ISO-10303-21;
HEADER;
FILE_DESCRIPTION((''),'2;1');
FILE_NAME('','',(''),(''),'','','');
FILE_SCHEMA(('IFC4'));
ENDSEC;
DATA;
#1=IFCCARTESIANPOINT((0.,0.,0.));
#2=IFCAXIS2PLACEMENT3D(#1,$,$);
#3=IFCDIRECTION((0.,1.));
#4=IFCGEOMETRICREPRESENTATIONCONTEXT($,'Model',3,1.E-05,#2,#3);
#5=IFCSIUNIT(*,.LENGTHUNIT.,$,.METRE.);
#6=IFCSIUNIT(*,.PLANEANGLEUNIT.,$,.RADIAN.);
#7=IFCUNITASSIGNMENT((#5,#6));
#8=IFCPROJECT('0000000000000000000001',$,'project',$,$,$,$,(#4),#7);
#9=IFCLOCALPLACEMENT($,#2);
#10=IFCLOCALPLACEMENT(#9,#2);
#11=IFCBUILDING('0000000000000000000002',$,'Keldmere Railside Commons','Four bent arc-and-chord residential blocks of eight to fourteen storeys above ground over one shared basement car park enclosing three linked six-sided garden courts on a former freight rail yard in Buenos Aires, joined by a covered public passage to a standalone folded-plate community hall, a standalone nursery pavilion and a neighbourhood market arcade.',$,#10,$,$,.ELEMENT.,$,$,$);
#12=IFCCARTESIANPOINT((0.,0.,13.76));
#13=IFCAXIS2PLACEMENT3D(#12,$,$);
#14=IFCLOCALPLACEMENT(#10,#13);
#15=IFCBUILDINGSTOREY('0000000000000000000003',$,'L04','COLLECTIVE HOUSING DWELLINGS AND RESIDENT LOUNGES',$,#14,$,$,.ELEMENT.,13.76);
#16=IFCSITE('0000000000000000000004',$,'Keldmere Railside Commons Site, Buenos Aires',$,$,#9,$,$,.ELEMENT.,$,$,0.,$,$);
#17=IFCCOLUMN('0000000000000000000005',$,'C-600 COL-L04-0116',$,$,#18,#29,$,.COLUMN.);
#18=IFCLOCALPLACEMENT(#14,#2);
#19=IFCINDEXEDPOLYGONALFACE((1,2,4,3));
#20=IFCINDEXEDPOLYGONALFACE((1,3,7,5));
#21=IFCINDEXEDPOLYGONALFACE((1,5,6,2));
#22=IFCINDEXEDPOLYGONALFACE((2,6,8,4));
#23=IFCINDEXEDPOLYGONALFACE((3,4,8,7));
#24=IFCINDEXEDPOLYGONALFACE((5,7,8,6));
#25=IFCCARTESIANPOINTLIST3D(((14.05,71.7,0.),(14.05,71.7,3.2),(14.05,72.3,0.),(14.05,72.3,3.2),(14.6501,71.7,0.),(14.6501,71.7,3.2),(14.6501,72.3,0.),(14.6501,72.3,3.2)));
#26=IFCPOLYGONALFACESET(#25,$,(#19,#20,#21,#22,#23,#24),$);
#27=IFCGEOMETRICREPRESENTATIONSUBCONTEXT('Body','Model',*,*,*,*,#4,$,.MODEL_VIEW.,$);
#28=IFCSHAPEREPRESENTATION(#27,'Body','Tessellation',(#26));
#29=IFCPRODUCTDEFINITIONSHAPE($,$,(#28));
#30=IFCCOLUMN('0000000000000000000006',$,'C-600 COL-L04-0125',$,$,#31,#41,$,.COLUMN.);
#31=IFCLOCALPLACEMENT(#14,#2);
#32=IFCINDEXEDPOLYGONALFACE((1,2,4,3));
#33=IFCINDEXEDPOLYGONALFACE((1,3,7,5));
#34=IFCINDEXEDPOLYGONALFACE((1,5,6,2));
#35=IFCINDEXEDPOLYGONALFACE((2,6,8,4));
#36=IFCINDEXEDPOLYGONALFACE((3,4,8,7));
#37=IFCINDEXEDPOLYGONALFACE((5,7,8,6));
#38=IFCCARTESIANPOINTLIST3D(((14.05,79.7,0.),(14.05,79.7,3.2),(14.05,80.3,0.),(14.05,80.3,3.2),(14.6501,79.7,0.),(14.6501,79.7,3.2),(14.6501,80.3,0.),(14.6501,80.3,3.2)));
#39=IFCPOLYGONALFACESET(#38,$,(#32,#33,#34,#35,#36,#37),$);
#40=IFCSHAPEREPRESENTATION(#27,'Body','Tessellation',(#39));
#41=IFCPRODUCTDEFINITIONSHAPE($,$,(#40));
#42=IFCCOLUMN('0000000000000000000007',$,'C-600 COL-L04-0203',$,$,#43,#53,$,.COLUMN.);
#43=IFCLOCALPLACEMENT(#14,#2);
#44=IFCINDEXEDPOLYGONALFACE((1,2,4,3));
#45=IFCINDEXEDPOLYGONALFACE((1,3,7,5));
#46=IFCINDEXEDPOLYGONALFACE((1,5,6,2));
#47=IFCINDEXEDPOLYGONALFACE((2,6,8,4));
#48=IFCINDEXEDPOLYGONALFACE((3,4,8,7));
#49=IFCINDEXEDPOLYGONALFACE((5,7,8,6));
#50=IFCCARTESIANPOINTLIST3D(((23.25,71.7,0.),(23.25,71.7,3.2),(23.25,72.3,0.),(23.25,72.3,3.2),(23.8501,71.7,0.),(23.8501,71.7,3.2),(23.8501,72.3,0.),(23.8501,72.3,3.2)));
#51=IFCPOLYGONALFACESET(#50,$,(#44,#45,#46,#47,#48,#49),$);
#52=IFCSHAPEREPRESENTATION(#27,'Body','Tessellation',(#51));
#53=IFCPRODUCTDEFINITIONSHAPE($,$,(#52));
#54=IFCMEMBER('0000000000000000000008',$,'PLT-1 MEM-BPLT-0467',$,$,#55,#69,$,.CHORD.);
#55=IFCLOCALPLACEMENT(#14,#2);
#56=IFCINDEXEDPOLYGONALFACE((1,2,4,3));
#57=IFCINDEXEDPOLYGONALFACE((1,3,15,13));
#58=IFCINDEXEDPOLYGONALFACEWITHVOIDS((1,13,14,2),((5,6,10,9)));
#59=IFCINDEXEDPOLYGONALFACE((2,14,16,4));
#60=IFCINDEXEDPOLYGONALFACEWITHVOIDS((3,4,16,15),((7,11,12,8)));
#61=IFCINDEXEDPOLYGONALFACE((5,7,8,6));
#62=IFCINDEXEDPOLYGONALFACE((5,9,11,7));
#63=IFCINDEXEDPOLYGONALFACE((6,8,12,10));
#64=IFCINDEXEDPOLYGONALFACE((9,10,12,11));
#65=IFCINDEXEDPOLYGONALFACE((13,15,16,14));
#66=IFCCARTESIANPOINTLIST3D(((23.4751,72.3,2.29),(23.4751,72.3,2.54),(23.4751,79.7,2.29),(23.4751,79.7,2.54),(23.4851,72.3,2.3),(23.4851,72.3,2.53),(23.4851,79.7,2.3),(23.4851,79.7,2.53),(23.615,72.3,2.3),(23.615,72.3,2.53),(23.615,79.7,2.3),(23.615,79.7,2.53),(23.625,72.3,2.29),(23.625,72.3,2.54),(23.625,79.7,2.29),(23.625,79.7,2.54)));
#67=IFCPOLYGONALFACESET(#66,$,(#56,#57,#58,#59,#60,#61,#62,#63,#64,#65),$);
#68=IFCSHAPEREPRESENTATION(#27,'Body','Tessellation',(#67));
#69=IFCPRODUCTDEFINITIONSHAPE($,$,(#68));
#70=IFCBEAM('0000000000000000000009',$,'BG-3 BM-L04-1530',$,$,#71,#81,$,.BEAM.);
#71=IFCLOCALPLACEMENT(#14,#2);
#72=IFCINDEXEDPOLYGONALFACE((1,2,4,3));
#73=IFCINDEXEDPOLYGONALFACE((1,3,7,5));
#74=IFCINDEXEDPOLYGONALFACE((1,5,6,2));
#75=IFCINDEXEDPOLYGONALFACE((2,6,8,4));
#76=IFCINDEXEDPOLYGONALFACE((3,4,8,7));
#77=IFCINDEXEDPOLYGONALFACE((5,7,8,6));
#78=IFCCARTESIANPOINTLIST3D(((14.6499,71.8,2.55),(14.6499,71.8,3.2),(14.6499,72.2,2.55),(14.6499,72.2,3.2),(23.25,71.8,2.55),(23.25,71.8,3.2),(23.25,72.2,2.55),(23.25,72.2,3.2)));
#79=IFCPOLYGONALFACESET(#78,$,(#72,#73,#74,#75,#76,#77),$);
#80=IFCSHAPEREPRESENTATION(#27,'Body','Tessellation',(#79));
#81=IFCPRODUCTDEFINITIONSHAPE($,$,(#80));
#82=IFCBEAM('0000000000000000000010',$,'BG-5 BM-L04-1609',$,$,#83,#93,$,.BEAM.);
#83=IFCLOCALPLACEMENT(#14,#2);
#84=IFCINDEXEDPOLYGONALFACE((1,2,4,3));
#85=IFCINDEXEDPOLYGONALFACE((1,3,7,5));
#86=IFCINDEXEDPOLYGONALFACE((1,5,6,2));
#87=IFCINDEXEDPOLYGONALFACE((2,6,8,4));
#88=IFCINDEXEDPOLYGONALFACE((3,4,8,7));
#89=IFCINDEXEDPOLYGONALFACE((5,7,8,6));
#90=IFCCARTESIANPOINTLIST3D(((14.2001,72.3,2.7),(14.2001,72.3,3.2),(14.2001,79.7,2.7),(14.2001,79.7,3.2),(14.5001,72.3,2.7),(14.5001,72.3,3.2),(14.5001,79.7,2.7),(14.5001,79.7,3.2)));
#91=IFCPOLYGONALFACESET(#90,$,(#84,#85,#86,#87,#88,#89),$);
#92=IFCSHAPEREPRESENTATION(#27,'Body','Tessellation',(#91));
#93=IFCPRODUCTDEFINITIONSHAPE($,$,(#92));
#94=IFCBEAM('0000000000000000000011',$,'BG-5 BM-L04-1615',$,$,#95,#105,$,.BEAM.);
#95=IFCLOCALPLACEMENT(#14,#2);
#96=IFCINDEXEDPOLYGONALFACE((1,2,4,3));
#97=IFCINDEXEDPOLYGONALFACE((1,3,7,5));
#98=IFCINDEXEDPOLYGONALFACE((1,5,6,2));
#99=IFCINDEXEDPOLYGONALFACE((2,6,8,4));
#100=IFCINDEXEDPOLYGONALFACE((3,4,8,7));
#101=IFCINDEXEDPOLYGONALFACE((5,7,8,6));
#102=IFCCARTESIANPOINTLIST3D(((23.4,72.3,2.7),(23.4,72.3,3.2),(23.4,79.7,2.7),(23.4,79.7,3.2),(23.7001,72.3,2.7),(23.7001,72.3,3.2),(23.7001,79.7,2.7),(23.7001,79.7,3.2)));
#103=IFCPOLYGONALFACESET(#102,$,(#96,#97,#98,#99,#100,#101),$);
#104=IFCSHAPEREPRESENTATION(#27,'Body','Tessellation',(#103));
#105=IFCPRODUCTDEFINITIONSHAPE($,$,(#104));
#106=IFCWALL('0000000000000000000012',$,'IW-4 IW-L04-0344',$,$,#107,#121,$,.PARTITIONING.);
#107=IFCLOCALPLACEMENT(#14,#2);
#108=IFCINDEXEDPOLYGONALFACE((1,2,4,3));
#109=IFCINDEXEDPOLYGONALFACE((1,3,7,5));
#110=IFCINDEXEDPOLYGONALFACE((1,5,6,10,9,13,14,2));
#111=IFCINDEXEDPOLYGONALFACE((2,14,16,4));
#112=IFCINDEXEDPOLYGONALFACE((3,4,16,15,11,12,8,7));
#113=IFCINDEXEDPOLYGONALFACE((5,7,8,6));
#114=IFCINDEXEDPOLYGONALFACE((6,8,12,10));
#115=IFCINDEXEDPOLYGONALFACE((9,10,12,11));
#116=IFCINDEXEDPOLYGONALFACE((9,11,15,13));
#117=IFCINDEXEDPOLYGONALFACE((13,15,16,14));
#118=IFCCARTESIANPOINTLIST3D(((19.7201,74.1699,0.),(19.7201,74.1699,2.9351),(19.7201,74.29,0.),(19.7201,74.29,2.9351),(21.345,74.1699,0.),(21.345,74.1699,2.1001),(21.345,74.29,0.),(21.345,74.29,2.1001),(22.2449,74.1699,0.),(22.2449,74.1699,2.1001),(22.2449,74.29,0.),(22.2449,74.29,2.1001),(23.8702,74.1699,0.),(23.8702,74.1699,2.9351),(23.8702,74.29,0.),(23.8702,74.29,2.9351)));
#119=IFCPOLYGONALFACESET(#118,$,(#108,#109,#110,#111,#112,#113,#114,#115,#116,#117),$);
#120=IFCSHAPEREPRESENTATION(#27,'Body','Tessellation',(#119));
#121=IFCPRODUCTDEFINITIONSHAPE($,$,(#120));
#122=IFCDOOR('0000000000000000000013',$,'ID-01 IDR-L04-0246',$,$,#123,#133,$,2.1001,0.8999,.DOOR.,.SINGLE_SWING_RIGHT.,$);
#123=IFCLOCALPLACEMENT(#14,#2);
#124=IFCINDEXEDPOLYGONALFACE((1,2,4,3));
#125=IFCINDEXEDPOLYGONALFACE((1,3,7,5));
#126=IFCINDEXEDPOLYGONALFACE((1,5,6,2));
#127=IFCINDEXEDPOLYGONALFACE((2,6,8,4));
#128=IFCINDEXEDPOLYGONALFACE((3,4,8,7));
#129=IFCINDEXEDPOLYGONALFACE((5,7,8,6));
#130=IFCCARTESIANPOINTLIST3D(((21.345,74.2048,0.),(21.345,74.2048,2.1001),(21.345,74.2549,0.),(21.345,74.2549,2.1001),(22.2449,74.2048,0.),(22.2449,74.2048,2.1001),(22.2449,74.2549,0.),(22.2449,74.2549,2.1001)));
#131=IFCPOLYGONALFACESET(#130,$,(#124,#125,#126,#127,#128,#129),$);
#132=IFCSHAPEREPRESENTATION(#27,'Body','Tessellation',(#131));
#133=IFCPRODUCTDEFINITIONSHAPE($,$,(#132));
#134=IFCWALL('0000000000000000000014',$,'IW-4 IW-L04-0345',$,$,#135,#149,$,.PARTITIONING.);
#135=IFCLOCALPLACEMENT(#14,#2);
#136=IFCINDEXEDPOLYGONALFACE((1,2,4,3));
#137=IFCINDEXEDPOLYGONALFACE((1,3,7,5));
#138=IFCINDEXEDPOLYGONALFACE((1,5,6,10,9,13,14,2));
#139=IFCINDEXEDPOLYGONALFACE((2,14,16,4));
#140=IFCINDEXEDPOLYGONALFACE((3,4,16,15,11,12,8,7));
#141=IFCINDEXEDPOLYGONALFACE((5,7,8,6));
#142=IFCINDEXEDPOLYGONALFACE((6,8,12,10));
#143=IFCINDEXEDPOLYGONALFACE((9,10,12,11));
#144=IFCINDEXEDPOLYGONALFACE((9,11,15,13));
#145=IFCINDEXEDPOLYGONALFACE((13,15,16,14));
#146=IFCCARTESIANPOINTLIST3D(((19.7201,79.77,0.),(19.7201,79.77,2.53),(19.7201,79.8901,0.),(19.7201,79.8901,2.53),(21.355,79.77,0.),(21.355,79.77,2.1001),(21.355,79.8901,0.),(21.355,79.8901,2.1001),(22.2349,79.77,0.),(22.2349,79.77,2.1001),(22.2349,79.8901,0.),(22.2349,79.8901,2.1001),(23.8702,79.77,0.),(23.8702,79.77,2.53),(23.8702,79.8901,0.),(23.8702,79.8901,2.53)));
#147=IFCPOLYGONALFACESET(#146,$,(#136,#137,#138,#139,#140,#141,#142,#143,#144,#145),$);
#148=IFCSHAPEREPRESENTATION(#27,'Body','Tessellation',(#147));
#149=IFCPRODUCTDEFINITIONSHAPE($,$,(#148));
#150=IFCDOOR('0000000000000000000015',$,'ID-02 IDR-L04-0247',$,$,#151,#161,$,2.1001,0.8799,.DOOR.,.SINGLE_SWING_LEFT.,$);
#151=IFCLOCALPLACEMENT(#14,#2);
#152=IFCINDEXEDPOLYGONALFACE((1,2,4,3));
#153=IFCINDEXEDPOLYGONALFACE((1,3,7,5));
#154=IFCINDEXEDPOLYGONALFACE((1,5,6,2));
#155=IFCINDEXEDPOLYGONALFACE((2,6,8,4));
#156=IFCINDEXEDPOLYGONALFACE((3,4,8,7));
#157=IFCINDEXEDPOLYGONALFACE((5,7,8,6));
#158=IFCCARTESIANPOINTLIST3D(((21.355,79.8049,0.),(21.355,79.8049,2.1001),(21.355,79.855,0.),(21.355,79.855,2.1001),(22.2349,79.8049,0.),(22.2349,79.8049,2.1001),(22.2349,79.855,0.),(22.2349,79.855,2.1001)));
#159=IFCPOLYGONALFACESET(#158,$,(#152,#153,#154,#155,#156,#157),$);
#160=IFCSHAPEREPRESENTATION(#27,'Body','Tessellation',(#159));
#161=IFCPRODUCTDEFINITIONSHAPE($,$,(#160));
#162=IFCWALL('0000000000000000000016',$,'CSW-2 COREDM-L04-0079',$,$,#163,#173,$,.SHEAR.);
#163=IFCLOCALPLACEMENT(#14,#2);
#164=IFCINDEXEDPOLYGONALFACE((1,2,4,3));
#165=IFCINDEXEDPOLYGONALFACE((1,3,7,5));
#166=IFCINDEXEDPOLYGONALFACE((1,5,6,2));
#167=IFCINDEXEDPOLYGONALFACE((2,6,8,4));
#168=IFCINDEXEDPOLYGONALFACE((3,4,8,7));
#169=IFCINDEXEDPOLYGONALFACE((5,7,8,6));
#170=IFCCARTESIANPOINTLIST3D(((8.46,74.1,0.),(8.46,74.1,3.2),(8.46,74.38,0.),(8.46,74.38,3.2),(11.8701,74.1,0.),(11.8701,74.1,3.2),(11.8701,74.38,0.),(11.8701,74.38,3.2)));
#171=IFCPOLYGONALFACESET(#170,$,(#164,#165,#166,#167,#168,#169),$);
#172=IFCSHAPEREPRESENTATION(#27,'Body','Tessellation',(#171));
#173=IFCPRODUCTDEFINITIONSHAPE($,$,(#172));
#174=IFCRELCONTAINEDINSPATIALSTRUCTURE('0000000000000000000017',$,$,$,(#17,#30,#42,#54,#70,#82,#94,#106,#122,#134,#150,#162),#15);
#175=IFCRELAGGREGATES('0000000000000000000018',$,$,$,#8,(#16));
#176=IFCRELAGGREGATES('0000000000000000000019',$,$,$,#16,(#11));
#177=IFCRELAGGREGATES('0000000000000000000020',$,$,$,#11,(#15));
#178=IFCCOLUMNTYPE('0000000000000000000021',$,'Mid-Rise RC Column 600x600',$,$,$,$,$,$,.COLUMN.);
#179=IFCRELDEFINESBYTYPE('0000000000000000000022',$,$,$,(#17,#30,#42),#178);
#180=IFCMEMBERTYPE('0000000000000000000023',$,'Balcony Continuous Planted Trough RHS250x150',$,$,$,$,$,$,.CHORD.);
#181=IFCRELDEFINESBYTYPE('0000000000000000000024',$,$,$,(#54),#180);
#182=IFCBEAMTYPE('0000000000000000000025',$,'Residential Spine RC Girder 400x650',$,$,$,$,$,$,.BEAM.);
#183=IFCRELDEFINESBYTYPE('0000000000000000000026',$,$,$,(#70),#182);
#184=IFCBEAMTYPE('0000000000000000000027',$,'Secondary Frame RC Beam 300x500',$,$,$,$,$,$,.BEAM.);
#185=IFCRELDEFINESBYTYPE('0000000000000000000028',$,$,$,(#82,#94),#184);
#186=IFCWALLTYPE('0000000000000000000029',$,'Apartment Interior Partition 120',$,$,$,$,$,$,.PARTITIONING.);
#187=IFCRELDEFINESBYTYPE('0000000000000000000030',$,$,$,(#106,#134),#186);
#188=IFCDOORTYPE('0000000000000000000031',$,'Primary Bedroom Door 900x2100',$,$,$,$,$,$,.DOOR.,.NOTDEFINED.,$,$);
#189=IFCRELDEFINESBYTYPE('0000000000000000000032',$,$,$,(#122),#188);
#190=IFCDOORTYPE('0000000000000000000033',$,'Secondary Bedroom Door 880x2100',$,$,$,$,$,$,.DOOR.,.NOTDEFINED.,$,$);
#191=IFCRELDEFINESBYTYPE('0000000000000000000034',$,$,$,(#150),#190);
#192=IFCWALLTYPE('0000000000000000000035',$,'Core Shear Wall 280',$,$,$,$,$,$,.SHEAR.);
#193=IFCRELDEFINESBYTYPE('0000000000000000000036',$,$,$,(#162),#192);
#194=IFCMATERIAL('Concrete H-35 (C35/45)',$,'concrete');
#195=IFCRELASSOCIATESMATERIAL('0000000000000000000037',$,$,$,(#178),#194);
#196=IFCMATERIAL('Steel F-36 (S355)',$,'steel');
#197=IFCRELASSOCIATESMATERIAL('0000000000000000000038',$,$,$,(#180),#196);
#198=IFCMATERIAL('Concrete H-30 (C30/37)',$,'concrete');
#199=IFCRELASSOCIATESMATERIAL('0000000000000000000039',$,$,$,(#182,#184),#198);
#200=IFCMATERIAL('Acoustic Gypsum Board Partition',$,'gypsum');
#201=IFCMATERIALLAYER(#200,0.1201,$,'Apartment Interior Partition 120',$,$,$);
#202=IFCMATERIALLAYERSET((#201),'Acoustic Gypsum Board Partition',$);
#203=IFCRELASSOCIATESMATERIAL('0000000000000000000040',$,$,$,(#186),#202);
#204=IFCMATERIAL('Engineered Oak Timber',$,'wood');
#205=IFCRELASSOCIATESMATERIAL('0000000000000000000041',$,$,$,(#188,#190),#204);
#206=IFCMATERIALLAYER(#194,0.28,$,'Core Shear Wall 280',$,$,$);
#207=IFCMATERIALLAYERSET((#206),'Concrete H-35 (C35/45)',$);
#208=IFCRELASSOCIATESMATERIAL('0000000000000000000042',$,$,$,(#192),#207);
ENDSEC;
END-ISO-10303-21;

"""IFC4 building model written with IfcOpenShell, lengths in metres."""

from ifc_helpers import new_model, si_unit, direction, frame, frame_2d, origin, origin_2d, place, context, subcontext, project, spatial, rectangle, hollow_rectangle, extrude, material, layer, layer_set, material_profile, profile_set, type_object, element, fill, save


model = new_model("IFC4")

# Units and contexts
model_context = context("Model", 3, precision=1e-05, world=origin(), true_north=direction((0.0, 1.0)))
body_context = subcontext(model_context, "Body", "Model", "MODEL_VIEW")
ifc_project = project(units=[si_unit("LENGTHUNIT", "METRE"), si_unit("PLANEANGLEUNIT", "RADIAN")], contexts=[model_context])

# Site, building, storey
site_placement = place(None, origin())
site = spatial("IfcSite", under=ifc_project, at=site_placement, Name="Keldmere Railside Commons Site, Buenos Aires", CompositionType="ELEMENT", RefElevation=0.0)
building_placement = place(site_placement, origin())
building = spatial("IfcBuilding", under=site, at=building_placement, Name="Keldmere Railside Commons", Description="Four bent arc-and-chord residential blocks of eight to fourteen storeys above ground over one shared basement car park enclosing three linked six-sided garden courts on a former freight rail yard in Buenos Aires, joined by a covered public passage to a standalone folded-plate community hall, a standalone nursery pavilion and a neighbourhood market arcade.", CompositionType="ELEMENT")
storey_placement = place(building_placement, frame((0.0, 0.0, 13.76)))
storey = spatial("IfcBuildingStorey", under=building, at=storey_placement, Name="L04", Description="COLLECTIVE HOUSING DWELLINGS AND RESIDENT LOUNGES", CompositionType="ELEMENT", Elevation=13.76)

# Columns
ifc_material_1 = material(Name="Concrete H-35 (C35/45)", Category="concrete")
ifc_material_profile_1 = material_profile(ifc_material_1, rectangle(XDim=0.6001, YDim=0.6001, at=origin_2d()), Name="RC-600x600")
ifc_profile_set_1 = profile_set([ifc_material_profile_1], Name="Concrete H-35 (C35/45)")
column_type = type_object("IfcColumnType", Name="Mid-Rise RC Column 600x600", PredefinedType="COLUMN", material=ifc_profile_set_1)
for number, where, z_axis, x_axis, name in (
    (1, (14.3501, 72.0, 0.0), (0.0, 0.0, 1.0), (1.0, 0.0, 0.0), "C-600 COL-L04-0116"),
    (2, (14.3501, 80.0, 0.0), (0.0, 0.0, 1.0), (1.0, 0.0, 0.0), "C-600 COL-L04-0125"),
    (3, (23.55, 72.0, 0.0), (0.0, 0.0, 1.0), (1.0, 0.0, 0.0), "C-600 COL-L04-0203"),
):
    element("IfcColumn", number, at=place(storey_placement, frame(where, z_axis=z_axis, x_axis=x_axis)), inside=storey, type_object=column_type, Name=name, PredefinedType="COLUMN", context=body_context, shape_type="SweptSolid", body=[
        extrude(rectangle(XDim=0.6001, YDim=0.6001, at=origin_2d()), origin(), (0.0, 0.0, 1.0), 3.2),
    ])

# Member
ifc_material_2 = material(Name="Steel F-36 (S355)", Category="steel")
ifc_material_profile_2 = material_profile(ifc_material_2, hollow_rectangle(XDim=0.1499, YDim=0.25, WallThickness=0.01, at=origin_2d()), Name="RHS-250x150x10")
ifc_profile_set_2 = profile_set([ifc_material_profile_2], Name="Steel F-36 (S355)")
member_type = type_object("IfcMemberType", Name="Balcony Continuous Planted Trough RHS250x150", PredefinedType="CHORD", material=ifc_profile_set_2)
member_placement = place(storey_placement, frame((23.55, 72.3, 2.415), z_axis=(0.0, 1.0, 0.0), x_axis=(-1.0, 0.0, 0.0)))
element("IfcMember", 4, at=member_placement, inside=storey, type_object=member_type, Name="PLT-1 MEM-BPLT-0467", PredefinedType="CHORD", context=body_context, shape_type="SweptSolid", body=[
    extrude(hollow_rectangle(XDim=0.1499, YDim=0.25, WallThickness=0.01, at=origin_2d()), origin(), (0.0, 0.0, 1.0), 7.3999),
])

# Beams
ifc_material_3 = material(Name="Concrete H-30 (C30/37)", Category="concrete")
ifc_material_profile_3 = material_profile(ifc_material_3, rectangle(XDim=0.3999, YDim=0.6499, at=origin_2d()), Name="RC-400x650")
ifc_profile_set_3 = profile_set([ifc_material_profile_3], Name="Concrete H-30 (C30/37)")
beam_type_1 = type_object("IfcBeamType", Name="Residential Spine RC Girder 400x650", PredefinedType="BEAM", material=ifc_profile_set_3)
beam_placement = place(storey_placement, frame((14.6499, 72.0, 2.875), z_axis=(1.0, 0.0, 0.0), x_axis=(0.0, 1.0, 0.0)))
element("IfcBeam", 5, at=beam_placement, inside=storey, type_object=beam_type_1, Name="BG-3 BM-L04-1530", PredefinedType="BEAM", context=body_context, shape_type="SweptSolid", body=[
    extrude(rectangle(XDim=0.3999, YDim=0.6499, at=origin_2d()), origin(), (0.0, 0.0, 1.0), 8.6001),
])
ifc_material_profile_4 = material_profile(ifc_material_3, rectangle(XDim=0.3, YDim=0.5, at=origin_2d()), Name="RC-300x500")
ifc_profile_set_4 = profile_set([ifc_material_profile_4], Name="Concrete H-30 (C30/37)")
beam_type_2 = type_object("IfcBeamType", Name="Secondary Frame RC Beam 300x500", PredefinedType="BEAM", material=ifc_profile_set_4)
for number, where, z_axis, x_axis, name in (
    (6, (14.3501, 72.3, 2.95), (0.0, 1.0, 0.0), (-1.0, 0.0, 0.0), "BG-5 BM-L04-1609"),
    (7, (23.55, 72.3, 2.95), (0.0, 1.0, 0.0), (-1.0, 0.0, 0.0), "BG-5 BM-L04-1615"),
):
    element("IfcBeam", number, at=place(storey_placement, frame(where, z_axis=z_axis, x_axis=x_axis)), inside=storey, type_object=beam_type_2, Name=name, PredefinedType="BEAM", context=body_context, shape_type="SweptSolid", body=[
        extrude(rectangle(XDim=0.3, YDim=0.5, at=origin_2d()), origin(), (0.0, 0.0, 1.0), 7.3999),
    ])

# Walls, openings, doors
ifc_material_4 = material(Name="Acoustic Gypsum Board Partition", Category="gypsum")
ifc_layer_1 = layer(ifc_material_4, 0.1201, Name="Apartment Interior Partition 120")
ifc_layer_set_1 = layer_set([ifc_layer_1], Name="Acoustic Gypsum Board Partition")
wall_type_1 = type_object("IfcWallType", Name="Apartment Interior Partition 120", PredefinedType="PARTITIONING", material=ifc_layer_set_1)
wall_1_placement = place(storey_placement, frame((19.72, 74.23, 0.0), z_axis=(0.0, 0.0, 1.0), x_axis=(1.0, 0.0, 0.0)))
wall_1 = element("IfcWall", 8, at=wall_1_placement, inside=storey, type_object=wall_type_1, Name="IW-4 IW-L04-0344", PredefinedType="PARTITIONING", context=body_context, shape_type="SweptSolid", body=[
    extrude(rectangle(XDim=4.1501, YDim=0.1201, at=frame_2d((2.0752, 0.0))), origin(), (0.0, 0.0, 1.0), 2.9351),
])
opening_1_placement = place(wall_1_placement, frame((1.625, 0.0, 0.0)))
opening_1 = element("IfcOpeningElement", 9, at=opening_1_placement, cuts=wall_1, PredefinedType="OPENING", context=body_context, shape_type="SweptSolid", body=[
    extrude(rectangle(XDim=0.8999, YDim=2.1001, at=frame_2d((0.45, 1.05))), frame((0.0, 0.0701, 0.0), z_axis=(0.0, -1.0, 0.0), x_axis=(1.0, 0.0, 0.0)), (0.0, 0.0, 1.0), 0.1401),
])
ifc_material_5 = material(Name="Engineered Oak Timber", Category="wood")
door_type_1 = type_object("IfcDoorType", Name="Primary Bedroom Door 900x2100", OperationType="NOTDEFINED", PredefinedType="DOOR", material=ifc_material_5)
door_1_placement = place(opening_1_placement, origin())
door_1 = element("IfcDoor", 10, at=door_1_placement, inside=storey, type_object=door_type_1, Name="ID-01 IDR-L04-0246", OperationType="SINGLE_SWING_RIGHT", OverallHeight=2.1001, OverallWidth=0.8999, PredefinedType="DOOR", context=body_context, shape_type="SweptSolid", body=[
    extrude(rectangle(XDim=0.8999, YDim=2.1001, at=frame_2d((0.45, 1.05))), frame((0.0, 0.0249, 0.0), z_axis=(0.0, -1.0, 0.0), x_axis=(1.0, 0.0, 0.0)), (0.0, 0.0, 1.0), 0.05),
])
fill(opening_1, door_1)
wall_2_placement = place(storey_placement, frame((19.72, 79.8301, 0.0), z_axis=(0.0, 0.0, 1.0), x_axis=(1.0, 0.0, 0.0)))
wall_2 = element("IfcWall", 11, at=wall_2_placement, inside=storey, type_object=wall_type_1, Name="IW-4 IW-L04-0345", PredefinedType="PARTITIONING", context=body_context, shape_type="SweptSolid", body=[
    extrude(rectangle(XDim=4.1501, YDim=0.1201, at=frame_2d((2.0752, 0.0))), origin(), (0.0, 0.0, 1.0), 2.53),
])
opening_2_placement = place(wall_2_placement, frame((1.635, 0.0, 0.0)))
opening_2 = element("IfcOpeningElement", 12, at=opening_2_placement, cuts=wall_2, PredefinedType="OPENING", context=body_context, shape_type="SweptSolid", body=[
    extrude(rectangle(XDim=0.8799, YDim=2.1001, at=frame_2d((0.4399, 1.05))), frame((0.0, 0.0701, 0.0), z_axis=(0.0, -1.0, 0.0), x_axis=(1.0, 0.0, 0.0)), (0.0, 0.0, 1.0), 0.1401),
])
door_type_2 = type_object("IfcDoorType", Name="Secondary Bedroom Door 880x2100", OperationType="NOTDEFINED", PredefinedType="DOOR", material=ifc_material_5)
door_2_placement = place(opening_2_placement, origin())
door_2 = element("IfcDoor", 13, at=door_2_placement, inside=storey, type_object=door_type_2, Name="ID-02 IDR-L04-0247", OperationType="SINGLE_SWING_LEFT", OverallHeight=2.1001, OverallWidth=0.8799, PredefinedType="DOOR", context=body_context, shape_type="SweptSolid", body=[
    extrude(rectangle(XDim=0.8799, YDim=2.1001, at=frame_2d((0.4399, 1.05))), frame((0.0, 0.0249, 0.0), z_axis=(0.0, -1.0, 0.0), x_axis=(1.0, 0.0, 0.0)), (0.0, 0.0, 1.0), 0.05),
])
fill(opening_2, door_2)

# Wall
ifc_layer_2 = layer(ifc_material_1, 0.28, Name="Core Shear Wall 280")
ifc_layer_set_2 = layer_set([ifc_layer_2], Name="Concrete H-35 (C35/45)")
wall_type_2 = type_object("IfcWallType", Name="Core Shear Wall 280", PredefinedType="SHEAR", material=ifc_layer_set_2)
wall_3_placement = place(storey_placement, frame((8.46, 74.24, 0.0), z_axis=(0.0, 0.0, 1.0), x_axis=(1.0, 0.0, 0.0)))
element("IfcWall", 14, at=wall_3_placement, inside=storey, type_object=wall_type_2, Name="CSW-2 COREDM-L04-0079", PredefinedType="SHEAR", context=body_context, shape_type="SweptSolid", body=[
    extrude(rectangle(XDim=3.4102, YDim=0.28, at=frame_2d((1.7051, 0.0))), origin(), (0.0, 0.0, 1.0), 3.2),
])

save(model, "model.ifc")
